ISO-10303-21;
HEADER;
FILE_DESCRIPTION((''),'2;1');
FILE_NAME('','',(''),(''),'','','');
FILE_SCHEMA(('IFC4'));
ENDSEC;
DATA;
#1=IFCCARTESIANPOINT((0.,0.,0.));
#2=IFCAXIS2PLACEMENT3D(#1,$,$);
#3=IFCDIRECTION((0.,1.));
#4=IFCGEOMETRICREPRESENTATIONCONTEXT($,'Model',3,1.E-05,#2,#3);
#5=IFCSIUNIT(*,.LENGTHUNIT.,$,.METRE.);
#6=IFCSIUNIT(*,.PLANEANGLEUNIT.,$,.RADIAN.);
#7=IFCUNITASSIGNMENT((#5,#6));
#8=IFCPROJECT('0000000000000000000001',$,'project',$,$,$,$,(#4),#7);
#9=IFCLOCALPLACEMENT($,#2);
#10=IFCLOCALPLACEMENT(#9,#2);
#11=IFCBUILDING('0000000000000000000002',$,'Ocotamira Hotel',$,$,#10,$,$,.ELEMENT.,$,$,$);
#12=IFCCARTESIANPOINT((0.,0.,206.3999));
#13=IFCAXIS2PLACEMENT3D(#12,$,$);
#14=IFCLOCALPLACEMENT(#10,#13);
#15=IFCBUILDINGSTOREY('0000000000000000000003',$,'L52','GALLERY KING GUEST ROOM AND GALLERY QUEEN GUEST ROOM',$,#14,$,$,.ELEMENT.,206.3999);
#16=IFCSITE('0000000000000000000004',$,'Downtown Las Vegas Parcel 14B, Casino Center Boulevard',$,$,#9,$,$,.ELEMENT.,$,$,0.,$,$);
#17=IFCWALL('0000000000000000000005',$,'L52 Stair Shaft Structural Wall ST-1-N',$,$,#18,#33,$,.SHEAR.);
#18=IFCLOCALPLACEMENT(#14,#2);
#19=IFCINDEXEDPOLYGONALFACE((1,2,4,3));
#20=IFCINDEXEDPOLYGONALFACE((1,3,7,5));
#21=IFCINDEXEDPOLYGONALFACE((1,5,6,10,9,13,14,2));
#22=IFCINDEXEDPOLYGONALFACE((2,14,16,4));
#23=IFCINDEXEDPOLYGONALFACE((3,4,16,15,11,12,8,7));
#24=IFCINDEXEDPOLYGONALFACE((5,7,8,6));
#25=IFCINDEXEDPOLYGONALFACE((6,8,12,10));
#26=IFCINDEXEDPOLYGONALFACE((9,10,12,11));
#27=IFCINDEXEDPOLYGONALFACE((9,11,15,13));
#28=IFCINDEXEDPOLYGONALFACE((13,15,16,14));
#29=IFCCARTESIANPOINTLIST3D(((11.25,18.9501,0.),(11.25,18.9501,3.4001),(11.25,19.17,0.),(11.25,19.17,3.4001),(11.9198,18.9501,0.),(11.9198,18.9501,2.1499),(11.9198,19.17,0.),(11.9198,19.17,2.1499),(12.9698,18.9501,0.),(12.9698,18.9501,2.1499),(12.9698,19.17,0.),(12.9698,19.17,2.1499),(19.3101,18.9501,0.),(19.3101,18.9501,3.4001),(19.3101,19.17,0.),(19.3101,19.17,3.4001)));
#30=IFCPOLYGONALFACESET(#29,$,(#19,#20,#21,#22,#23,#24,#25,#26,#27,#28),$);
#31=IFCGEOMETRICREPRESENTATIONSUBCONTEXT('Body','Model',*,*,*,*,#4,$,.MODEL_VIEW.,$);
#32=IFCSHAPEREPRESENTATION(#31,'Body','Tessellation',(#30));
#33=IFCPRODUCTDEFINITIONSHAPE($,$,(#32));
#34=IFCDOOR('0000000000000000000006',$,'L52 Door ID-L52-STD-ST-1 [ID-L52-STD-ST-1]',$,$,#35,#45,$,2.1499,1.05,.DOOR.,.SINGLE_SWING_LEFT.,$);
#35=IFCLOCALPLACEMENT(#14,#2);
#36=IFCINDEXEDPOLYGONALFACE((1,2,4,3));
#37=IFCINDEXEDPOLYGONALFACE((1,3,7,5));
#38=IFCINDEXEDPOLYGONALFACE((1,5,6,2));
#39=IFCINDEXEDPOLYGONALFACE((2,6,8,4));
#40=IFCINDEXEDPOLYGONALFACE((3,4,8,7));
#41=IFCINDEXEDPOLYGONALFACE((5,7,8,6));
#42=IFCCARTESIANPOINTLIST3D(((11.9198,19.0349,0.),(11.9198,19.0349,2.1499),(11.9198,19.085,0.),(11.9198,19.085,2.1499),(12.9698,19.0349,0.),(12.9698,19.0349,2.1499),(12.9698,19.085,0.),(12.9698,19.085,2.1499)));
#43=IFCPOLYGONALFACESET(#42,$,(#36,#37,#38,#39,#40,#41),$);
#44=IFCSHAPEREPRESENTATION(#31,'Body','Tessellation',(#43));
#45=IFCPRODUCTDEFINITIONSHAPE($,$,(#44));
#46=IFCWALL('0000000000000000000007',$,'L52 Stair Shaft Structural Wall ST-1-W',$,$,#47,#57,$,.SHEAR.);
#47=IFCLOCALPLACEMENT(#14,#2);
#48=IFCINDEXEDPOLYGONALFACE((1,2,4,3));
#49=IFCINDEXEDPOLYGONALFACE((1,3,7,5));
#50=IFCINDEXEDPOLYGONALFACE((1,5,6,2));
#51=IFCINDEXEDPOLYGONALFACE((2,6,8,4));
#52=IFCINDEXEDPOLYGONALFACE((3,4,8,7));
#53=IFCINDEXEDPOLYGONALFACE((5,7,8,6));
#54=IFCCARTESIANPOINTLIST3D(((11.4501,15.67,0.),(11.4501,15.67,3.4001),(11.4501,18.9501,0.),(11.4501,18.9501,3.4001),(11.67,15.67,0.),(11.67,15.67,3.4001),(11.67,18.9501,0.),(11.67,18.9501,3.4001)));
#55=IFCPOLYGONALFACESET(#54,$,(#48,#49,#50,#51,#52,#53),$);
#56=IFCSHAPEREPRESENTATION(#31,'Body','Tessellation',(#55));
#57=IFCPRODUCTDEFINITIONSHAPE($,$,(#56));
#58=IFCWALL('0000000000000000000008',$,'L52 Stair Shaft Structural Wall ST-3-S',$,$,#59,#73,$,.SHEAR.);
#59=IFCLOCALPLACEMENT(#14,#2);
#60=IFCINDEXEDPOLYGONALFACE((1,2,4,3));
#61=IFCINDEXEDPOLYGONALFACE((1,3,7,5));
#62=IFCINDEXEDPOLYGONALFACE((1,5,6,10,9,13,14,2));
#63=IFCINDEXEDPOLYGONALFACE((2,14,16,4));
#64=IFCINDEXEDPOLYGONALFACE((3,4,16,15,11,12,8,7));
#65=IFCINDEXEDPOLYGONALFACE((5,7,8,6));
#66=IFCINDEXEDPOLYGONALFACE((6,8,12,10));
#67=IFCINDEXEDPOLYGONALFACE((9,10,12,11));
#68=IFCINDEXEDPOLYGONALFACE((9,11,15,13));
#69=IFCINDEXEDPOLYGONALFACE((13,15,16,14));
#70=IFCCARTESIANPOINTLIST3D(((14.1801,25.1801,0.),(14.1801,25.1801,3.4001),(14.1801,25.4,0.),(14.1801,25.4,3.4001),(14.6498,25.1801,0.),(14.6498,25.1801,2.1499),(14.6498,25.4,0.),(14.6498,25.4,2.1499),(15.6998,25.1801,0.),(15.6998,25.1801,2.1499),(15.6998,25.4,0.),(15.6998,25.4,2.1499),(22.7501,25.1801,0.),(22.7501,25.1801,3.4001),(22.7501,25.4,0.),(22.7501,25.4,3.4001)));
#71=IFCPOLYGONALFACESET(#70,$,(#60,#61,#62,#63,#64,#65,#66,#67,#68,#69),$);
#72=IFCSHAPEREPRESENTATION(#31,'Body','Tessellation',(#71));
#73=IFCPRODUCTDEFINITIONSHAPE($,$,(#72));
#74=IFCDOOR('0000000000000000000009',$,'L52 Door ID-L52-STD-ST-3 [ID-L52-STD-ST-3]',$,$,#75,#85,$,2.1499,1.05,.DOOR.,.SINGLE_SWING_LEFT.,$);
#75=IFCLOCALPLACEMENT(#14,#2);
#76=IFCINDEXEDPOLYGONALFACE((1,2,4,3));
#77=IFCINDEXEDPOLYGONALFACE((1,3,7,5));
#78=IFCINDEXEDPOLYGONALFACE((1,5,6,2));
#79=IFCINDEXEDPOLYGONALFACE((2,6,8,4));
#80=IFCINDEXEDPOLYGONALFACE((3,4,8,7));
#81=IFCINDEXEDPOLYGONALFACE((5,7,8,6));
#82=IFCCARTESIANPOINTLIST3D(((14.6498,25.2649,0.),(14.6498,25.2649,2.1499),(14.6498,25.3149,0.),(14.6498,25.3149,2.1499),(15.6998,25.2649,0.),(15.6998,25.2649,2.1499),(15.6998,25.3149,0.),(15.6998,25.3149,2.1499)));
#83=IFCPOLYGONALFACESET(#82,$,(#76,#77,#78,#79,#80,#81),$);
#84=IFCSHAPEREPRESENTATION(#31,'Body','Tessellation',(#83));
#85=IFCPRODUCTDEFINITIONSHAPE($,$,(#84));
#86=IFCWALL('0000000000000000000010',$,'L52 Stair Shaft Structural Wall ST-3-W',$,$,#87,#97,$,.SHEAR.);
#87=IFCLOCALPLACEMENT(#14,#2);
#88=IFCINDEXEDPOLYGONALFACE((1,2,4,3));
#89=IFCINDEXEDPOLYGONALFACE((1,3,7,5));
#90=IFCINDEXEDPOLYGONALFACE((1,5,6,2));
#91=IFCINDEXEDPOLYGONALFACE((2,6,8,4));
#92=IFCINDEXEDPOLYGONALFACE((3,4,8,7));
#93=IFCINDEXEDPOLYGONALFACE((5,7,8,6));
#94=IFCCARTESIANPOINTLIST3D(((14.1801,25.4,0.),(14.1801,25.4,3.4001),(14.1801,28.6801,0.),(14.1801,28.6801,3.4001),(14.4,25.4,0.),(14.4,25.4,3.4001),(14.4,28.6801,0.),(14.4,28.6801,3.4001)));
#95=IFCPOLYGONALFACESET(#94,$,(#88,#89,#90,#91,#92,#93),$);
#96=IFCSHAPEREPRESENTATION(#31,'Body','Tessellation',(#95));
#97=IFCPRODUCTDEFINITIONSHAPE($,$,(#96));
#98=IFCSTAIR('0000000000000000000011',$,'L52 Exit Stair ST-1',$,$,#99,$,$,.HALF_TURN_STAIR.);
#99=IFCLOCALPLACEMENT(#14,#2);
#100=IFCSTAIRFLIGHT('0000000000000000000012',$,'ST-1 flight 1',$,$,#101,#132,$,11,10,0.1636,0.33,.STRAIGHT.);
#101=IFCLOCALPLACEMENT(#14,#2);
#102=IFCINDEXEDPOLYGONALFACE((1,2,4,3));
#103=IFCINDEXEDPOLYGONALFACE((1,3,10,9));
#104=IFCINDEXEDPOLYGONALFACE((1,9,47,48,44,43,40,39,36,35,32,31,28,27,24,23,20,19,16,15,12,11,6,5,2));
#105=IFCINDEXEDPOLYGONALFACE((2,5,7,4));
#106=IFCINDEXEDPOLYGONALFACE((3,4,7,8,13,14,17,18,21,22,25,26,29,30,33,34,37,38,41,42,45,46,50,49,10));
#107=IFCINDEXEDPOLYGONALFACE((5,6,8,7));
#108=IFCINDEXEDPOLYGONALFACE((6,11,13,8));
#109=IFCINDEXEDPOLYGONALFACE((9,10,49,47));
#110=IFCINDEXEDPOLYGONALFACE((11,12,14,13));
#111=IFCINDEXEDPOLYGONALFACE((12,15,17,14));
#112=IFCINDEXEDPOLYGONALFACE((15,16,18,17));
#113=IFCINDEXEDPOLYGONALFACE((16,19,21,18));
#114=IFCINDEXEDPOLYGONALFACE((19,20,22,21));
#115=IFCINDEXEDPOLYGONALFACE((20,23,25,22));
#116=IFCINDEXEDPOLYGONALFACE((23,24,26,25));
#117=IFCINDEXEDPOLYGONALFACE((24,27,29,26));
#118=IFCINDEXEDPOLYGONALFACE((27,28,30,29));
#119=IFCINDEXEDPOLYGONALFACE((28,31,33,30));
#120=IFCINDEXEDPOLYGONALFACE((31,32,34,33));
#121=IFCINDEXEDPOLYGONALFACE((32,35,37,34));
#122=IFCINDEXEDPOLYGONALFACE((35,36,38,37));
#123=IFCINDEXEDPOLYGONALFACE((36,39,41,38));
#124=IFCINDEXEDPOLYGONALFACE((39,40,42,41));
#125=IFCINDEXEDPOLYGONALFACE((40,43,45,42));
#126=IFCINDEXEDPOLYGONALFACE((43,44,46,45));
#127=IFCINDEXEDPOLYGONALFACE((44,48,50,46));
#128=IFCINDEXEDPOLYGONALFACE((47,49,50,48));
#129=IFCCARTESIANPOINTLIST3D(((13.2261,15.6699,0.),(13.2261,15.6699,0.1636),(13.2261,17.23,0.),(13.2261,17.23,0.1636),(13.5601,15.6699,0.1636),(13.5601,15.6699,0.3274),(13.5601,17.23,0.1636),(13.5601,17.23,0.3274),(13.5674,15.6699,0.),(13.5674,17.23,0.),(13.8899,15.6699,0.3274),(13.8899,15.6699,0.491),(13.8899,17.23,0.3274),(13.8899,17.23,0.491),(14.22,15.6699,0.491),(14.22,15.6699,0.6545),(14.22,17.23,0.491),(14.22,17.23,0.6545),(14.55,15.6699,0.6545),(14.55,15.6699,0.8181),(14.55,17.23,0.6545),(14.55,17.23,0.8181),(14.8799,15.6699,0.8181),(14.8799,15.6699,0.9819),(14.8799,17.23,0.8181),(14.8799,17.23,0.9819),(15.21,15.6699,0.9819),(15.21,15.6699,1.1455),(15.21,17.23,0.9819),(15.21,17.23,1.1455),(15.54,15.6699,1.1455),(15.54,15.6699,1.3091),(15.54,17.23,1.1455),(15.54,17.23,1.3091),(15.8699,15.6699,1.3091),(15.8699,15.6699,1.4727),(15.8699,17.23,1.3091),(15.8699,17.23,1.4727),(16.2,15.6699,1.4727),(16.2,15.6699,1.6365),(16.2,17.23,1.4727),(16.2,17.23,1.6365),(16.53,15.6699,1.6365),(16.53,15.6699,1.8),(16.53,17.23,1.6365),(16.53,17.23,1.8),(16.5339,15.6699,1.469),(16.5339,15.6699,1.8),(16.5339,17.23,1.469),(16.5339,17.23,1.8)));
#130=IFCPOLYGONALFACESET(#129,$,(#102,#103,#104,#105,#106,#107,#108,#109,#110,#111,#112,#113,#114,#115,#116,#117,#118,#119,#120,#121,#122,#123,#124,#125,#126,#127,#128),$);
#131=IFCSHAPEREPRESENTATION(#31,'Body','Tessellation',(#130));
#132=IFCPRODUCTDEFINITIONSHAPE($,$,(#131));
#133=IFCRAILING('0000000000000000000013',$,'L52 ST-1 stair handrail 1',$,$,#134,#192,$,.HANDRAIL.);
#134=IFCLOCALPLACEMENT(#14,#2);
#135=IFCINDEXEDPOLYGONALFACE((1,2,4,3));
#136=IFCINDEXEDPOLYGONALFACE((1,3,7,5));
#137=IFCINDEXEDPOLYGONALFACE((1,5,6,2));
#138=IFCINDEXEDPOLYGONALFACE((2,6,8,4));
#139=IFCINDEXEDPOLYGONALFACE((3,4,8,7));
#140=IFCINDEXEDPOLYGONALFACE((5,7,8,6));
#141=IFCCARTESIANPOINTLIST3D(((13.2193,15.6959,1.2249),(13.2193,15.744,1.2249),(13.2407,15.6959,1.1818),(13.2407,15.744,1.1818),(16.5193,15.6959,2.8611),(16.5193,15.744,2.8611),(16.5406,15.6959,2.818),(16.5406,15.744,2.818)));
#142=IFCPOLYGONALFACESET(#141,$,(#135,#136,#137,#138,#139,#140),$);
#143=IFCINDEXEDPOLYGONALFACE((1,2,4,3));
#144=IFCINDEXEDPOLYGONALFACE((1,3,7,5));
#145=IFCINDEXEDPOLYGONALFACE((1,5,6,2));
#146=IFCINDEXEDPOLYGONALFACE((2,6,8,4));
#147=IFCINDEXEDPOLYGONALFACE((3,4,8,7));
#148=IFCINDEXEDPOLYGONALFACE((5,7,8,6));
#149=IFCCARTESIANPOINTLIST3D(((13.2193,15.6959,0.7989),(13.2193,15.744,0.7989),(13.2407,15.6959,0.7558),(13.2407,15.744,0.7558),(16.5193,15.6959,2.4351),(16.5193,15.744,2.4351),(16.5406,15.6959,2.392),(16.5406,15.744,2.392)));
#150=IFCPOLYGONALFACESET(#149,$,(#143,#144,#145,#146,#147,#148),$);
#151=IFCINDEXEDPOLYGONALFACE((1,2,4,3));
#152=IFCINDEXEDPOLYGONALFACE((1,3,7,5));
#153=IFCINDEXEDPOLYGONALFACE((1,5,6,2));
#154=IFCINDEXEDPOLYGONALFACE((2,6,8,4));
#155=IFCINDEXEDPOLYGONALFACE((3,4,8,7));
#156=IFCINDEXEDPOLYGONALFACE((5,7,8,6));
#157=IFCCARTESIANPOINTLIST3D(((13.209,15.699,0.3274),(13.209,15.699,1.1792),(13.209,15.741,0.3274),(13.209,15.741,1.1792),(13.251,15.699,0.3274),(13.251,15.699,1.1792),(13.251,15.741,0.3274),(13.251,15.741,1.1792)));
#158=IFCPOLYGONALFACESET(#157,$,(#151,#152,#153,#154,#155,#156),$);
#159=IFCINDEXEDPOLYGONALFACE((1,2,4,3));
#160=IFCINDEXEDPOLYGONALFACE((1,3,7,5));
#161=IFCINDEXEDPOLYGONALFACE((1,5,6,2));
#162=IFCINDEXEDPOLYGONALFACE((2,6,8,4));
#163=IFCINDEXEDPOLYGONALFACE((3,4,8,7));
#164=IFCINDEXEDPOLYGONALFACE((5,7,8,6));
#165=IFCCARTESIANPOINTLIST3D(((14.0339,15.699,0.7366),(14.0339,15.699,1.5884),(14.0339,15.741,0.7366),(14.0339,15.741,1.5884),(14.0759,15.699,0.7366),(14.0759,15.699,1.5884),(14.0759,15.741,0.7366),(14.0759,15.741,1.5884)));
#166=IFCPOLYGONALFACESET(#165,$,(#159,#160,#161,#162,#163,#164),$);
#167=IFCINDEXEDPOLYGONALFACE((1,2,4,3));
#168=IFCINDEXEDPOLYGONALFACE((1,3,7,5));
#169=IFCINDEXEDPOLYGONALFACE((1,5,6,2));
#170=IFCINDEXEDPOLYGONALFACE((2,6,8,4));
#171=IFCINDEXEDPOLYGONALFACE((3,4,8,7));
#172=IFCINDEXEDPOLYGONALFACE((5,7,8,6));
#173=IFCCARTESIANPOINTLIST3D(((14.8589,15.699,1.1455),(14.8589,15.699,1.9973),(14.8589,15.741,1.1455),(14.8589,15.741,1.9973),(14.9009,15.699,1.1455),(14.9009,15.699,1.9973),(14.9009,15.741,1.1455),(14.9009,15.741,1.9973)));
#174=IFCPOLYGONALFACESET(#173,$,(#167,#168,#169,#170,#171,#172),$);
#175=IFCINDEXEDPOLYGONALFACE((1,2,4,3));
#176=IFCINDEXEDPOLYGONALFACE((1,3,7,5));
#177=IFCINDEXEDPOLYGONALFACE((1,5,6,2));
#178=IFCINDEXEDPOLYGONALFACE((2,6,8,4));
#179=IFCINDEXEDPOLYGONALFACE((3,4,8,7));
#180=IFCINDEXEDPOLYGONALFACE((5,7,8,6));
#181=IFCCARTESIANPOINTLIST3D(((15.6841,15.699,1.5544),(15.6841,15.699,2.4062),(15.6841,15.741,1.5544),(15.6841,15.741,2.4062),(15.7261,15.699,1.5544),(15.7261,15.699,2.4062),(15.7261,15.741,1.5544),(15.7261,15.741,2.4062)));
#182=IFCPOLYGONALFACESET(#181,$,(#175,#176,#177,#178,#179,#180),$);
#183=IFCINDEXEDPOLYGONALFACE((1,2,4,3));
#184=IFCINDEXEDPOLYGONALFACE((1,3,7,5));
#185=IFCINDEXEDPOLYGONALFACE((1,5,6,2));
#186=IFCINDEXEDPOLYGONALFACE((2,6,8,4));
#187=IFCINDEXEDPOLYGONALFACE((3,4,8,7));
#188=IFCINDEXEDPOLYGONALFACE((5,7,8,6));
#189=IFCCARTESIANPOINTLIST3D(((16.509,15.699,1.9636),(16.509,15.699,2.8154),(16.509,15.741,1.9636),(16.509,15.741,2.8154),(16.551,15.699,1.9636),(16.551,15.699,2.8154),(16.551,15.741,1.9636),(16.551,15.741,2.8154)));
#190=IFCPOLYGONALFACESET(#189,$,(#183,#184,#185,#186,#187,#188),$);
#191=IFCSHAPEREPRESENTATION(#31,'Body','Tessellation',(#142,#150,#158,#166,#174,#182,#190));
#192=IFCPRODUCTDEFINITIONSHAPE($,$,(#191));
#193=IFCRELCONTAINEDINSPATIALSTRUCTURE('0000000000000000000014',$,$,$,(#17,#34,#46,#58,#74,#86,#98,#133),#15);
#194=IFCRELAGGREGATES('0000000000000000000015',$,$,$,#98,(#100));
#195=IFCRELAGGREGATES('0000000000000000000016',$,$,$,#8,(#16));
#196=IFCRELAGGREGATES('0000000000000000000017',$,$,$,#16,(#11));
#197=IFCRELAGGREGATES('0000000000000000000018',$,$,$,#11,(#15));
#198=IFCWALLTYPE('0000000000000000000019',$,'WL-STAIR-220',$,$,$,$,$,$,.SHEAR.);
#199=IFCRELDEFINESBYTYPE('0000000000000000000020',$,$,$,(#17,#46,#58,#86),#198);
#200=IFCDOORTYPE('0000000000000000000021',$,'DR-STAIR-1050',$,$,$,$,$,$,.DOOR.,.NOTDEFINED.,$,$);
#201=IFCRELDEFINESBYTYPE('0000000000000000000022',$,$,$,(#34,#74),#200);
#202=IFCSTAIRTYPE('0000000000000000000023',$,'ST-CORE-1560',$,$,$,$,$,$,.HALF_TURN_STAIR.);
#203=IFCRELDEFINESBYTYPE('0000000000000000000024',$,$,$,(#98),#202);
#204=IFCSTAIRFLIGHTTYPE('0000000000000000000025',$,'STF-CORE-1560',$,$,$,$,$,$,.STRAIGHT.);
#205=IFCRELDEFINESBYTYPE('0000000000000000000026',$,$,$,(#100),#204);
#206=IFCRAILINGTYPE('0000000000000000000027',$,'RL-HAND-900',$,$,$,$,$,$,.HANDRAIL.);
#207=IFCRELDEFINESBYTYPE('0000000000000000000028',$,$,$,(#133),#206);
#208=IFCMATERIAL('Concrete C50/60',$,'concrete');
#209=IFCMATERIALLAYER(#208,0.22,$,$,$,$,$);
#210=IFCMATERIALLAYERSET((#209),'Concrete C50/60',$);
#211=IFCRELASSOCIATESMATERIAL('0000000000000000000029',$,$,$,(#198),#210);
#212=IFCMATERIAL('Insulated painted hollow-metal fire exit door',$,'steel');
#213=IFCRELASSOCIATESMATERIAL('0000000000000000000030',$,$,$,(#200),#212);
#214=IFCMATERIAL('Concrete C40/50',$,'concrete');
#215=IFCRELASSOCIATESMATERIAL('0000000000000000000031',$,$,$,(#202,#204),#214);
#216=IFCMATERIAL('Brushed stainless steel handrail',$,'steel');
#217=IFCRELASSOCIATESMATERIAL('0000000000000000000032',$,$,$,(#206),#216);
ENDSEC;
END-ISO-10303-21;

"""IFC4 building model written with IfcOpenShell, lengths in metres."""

from ifc_helpers import new_model, si_unit, direction, frame, frame_2d, origin, origin_2d, place, context, subcontext, project, spatial, polyline, rectangle, outline, extrude, source, transform, mapped, material, layer, layer_set, type_object, element, fill, aggregate, save


model = new_model("IFC4")

# Units and contexts
model_context = context("Model", 3, precision=1e-05, world=origin(), true_north=direction((0.0, 1.0)))
body_context = subcontext(model_context, "Body", "Model", "MODEL_VIEW")
ifc_project = project(units=[si_unit("LENGTHUNIT", "METRE"), si_unit("PLANEANGLEUNIT", "RADIAN")], contexts=[model_context])

# Site, building, storey
site_placement = place(None, origin())
site = spatial("IfcSite", under=ifc_project, at=site_placement, Name="Downtown Las Vegas Parcel 14B, Casino Center Boulevard", CompositionType="ELEMENT", RefElevation=0.0)
building_placement = place(site_placement, origin())
building = spatial("IfcBuilding", under=site, at=building_placement, Name="Ocotamira Hotel", CompositionType="ELEMENT")
storey_placement = place(building_placement, frame((0.0, 0.0, 206.3999)))
storey = spatial("IfcBuildingStorey", under=building, at=storey_placement, Name="L52", Description="GALLERY KING GUEST ROOM AND GALLERY QUEEN GUEST ROOM", CompositionType="ELEMENT", Elevation=206.3999)

# Shared definitions
ifc_material_1 = material(Name="Concrete C50/60", Category="concrete")

# Shared definitions
ifc_layer_1 = layer(ifc_material_1, 0.22)
ifc_layer_set_1 = layer_set([ifc_layer_1], Name="Concrete C50/60")
wall_type_1 = type_object("IfcWallType", Name="WL-STAIR-220", PredefinedType="SHEAR", material=ifc_layer_set_1)

# Wall, opening, door
wall_1_placement = place(storey_placement, frame((11.25, 19.0601, 0.0), z_axis=(0.0, 0.0, 1.0), x_axis=(1.0, 0.0, 0.0)))
wall_1 = element("IfcWall", 1, at=wall_1_placement, inside=storey, type_object=wall_type_1, Name="L52 Stair Shaft Structural Wall ST-1-N", PredefinedType="SHEAR", context=body_context, shape_type="SweptSolid", body=[
    extrude(rectangle(XDim=8.0601, YDim=0.22, at=frame_2d((4.03, 0.0))), origin(), (0.0, 0.0, 1.0), 3.4001),
])
opening_1_placement = place(wall_1_placement, frame((0.6699, 0.0, 0.0)))
opening_1 = element("IfcOpeningElement", 2, at=opening_1_placement, cuts=wall_1, PredefinedType="OPENING", context=body_context, shape_type="SweptSolid", body=[
    extrude(rectangle(XDim=1.05, YDim=2.1499, at=frame_2d((0.5249, 1.075))), frame((0.0, 0.1201, 0.0), z_axis=(0.0, -1.0, 0.0), x_axis=(1.0, 0.0, 0.0)), (0.0, 0.0, 1.0), 0.24),
])
ifc_material_2 = material(Name="Insulated painted hollow-metal fire exit door", Category="steel")
door_type_1 = type_object("IfcDoorType", Name="DR-STAIR-1050", OperationType="NOTDEFINED", PredefinedType="DOOR", material=ifc_material_2)
shared_shape_1 = source(origin(), body_context, "Body", "SweptSolid", [
    extrude(rectangle(XDim=1.05, YDim=2.1499, at=frame_2d((0.5249, 1.075))), frame((0.0, 0.0249, 0.0), z_axis=(0.0, -1.0, 0.0), x_axis=(1.0, 0.0, 0.0)), (0.0, 0.0, 1.0), 0.05),
])
door_1_placement = place(opening_1_placement, origin())
door_1 = element("IfcDoor", 3, at=door_1_placement, inside=storey, type_object=door_type_1, Name="L52 Door ID-L52-STD-ST-1 [ID-L52-STD-ST-1]", OperationType="SINGLE_SWING_LEFT", OverallHeight=2.1499, OverallWidth=1.05, PredefinedType="DOOR", context=body_context, shape_type="MappedRepresentation", body=[
    mapped(shared_shape_1, transform((0.0, 0.0, 0.0), scale=1.0)),
])
fill(opening_1, door_1)

# Wall
wall_2_placement = place(storey_placement, frame((11.5601, 15.6699, 0.0), z_axis=(0.0, 0.0, 1.0), x_axis=(0.0, 1.0, 0.0)))
element("IfcWall", 4, at=wall_2_placement, inside=storey, type_object=wall_type_1, Name="L52 Stair Shaft Structural Wall ST-1-W", PredefinedType="SHEAR", context=body_context, shape_type="SweptSolid", body=[
    extrude(rectangle(XDim=3.28, YDim=0.22, at=frame_2d((1.6401, 0.0))), origin(), (0.0, 0.0, 1.0), 3.4001),
])

# Wall, opening, door
wall_3_placement = place(storey_placement, frame((14.1799, 25.29, 0.0), z_axis=(0.0, 0.0, 1.0), x_axis=(1.0, 0.0, 0.0)))
wall_3 = element("IfcWall", 5, at=wall_3_placement, inside=storey, type_object=wall_type_1, Name="L52 Stair Shaft Structural Wall ST-3-S", PredefinedType="SHEAR", context=body_context, shape_type="SweptSolid", body=[
    extrude(rectangle(XDim=8.5701, YDim=0.22, at=frame_2d((4.2852, 0.0))), origin(), (0.0, 0.0, 1.0), 3.4001),
])
opening_2_placement = place(wall_3_placement, frame((0.47, 0.0, 0.0)))
opening_2 = element("IfcOpeningElement", 6, at=opening_2_placement, cuts=wall_3, PredefinedType="OPENING", context=body_context, shape_type="SweptSolid", body=[
    extrude(rectangle(XDim=1.05, YDim=2.1499, at=frame_2d((0.5249, 1.075))), frame((0.0, 0.1201, 0.0), z_axis=(0.0, -1.0, 0.0), x_axis=(1.0, 0.0, 0.0)), (0.0, 0.0, 1.0), 0.24),
])
door_2_placement = place(opening_2_placement, origin())
door_2 = element("IfcDoor", 7, at=door_2_placement, inside=storey, type_object=door_type_1, Name="L52 Door ID-L52-STD-ST-3 [ID-L52-STD-ST-3]", OperationType="SINGLE_SWING_LEFT", OverallHeight=2.1499, OverallWidth=1.05, PredefinedType="DOOR", context=body_context, shape_type="MappedRepresentation", body=[
    mapped(shared_shape_1, transform((0.0, 0.0, 0.0), scale=1.0)),
])
fill(opening_2, door_2)

# Wall
wall_4_placement = place(storey_placement, frame((14.29, 25.3999, 0.0), z_axis=(0.0, 0.0, 1.0), x_axis=(0.0, 1.0, 0.0)))
element("IfcWall", 8, at=wall_4_placement, inside=storey, type_object=wall_type_1, Name="L52 Stair Shaft Structural Wall ST-3-W", PredefinedType="SHEAR", context=body_context, shape_type="SweptSolid", body=[
    extrude(rectangle(XDim=3.28, YDim=0.22, at=frame_2d((1.6401, 0.0))), origin(), (0.0, 0.0, 1.0), 3.4001),
])

# Stair, stair flight
ifc_material_3 = material(Name="Concrete C40/50", Category="concrete")
stair_type = type_object("IfcStairType", Name="ST-CORE-1560", PredefinedType="HALF_TURN_STAIR", material=ifc_material_3)
stair_placement = place(storey_placement, origin())
stair = element("IfcStair", 9, at=stair_placement, inside=storey, type_object=stair_type, Name="L52 Exit Stair ST-1", PredefinedType="HALF_TURN_STAIR")
stair_flight_type = type_object("IfcStairFlightType", Name="STF-CORE-1560", PredefinedType="STRAIGHT", material=ifc_material_3)
shared_shape_2 = source(origin(), body_context, "Body", "SweptSolid", [
    extrude(outline(polyline([(-0.0039, 0.0), (-0.0039, 0.1636), (0.3301, 0.1636), (0.3301, 0.3274), (0.6599, 0.3274), (0.6599, 0.491), (0.99, 0.491), (0.99, 0.6545), (1.3201, 0.6545), (1.3201, 0.8181), (1.6499, 0.8181), (1.6499, 0.9819), (1.98, 0.9819), (1.98, 1.1455), (2.3101, 1.1455), (2.3101, 1.3091), (2.6399, 1.3091), (2.6399, 1.4727), (2.97, 1.4727), (2.97, 1.6365), (3.3, 1.6365), (3.3, 1.8), (3.304, 1.8), (3.304, 1.469), (0.3374, 0.0), (-0.0039, 0.0)])), frame((0.0, 0.78, 0.0), z_axis=(0.0, -1.0, 0.0), x_axis=(1.0, 0.0, 0.0)), (0.0, 0.0, 1.0), 1.5601),
])
stair_flight_placement = place(storey_placement, frame((13.23, 16.45, 0.0), z_axis=(0.0, 0.0, 1.0), x_axis=(1.0, 0.0, 0.0)))
stair_flight = element("IfcStairFlight", 10, at=stair_flight_placement, type_object=stair_flight_type, Name="ST-1 flight 1", NumberOfRisers=11, NumberOfTreads=10, PredefinedType="STRAIGHT", RiserHeight=0.1636, TreadLength=0.33, context=body_context, shape_type="MappedRepresentation", body=[
    mapped(shared_shape_2, transform((0.0, 0.0, 0.0), scale=1.0)),
])
aggregate(stair, [stair_flight])

# Railing
ifc_material_4 = material(Name="Brushed stainless steel handrail", Category="steel")
railing_type_1 = type_object("IfcRailingType", Name="RL-HAND-900", PredefinedType="HANDRAIL", material=ifc_material_4)
railing_1_placement = place(storey_placement, frame((13.23, 15.72, 0.3274)))
element("IfcRailing", 11, at=railing_1_placement, inside=storey, type_object=railing_type_1, Name="L52 ST-1 stair handrail 1", PredefinedType="HANDRAIL", context=body_context, shape_type="SweptSolid", body=[
    extrude(rectangle(XDim=0.0481, YDim=0.0481, at=origin_2d()), frame((0.0, 0.0, 0.876), z_axis=(0.89592, 0.0, 0.444215), x_axis=(0.0, 1.0, 0.0)), (0.0, 0.0, 1.0), 3.6833),
    extrude(rectangle(XDim=0.0481, YDim=0.0481, at=origin_2d()), frame((0.0, 0.0, 0.45), z_axis=(0.89592, 0.0, 0.444215), x_axis=(0.0, 1.0, 0.0)), (0.0, 0.0, 1.0), 3.6833),
    extrude(rectangle(XDim=0.042, YDim=0.042, at=origin_2d()), origin(), (0.0, 0.0, 1.0), 0.8518),
    extrude(rectangle(XDim=0.042, YDim=0.042, at=origin_2d()), frame((0.825, 0.0, 0.4092)), (0.0, 0.0, 1.0), 0.8518),
    extrude(rectangle(XDim=0.042, YDim=0.042, at=origin_2d()), frame((1.6499, 0.0, 0.8181)), (0.0, 0.0, 1.0), 0.8518),
    extrude(rectangle(XDim=0.042, YDim=0.042, at=origin_2d()), frame((2.4751, 0.0, 1.2271)), (0.0, 0.0, 1.0), 0.8518),
    extrude(rectangle(XDim=0.042, YDim=0.042, at=origin_2d()), frame((3.3, 0.0, 1.6362)), (0.0, 0.0, 1.0), 0.8518),
])

save(model, "model.ifc")
